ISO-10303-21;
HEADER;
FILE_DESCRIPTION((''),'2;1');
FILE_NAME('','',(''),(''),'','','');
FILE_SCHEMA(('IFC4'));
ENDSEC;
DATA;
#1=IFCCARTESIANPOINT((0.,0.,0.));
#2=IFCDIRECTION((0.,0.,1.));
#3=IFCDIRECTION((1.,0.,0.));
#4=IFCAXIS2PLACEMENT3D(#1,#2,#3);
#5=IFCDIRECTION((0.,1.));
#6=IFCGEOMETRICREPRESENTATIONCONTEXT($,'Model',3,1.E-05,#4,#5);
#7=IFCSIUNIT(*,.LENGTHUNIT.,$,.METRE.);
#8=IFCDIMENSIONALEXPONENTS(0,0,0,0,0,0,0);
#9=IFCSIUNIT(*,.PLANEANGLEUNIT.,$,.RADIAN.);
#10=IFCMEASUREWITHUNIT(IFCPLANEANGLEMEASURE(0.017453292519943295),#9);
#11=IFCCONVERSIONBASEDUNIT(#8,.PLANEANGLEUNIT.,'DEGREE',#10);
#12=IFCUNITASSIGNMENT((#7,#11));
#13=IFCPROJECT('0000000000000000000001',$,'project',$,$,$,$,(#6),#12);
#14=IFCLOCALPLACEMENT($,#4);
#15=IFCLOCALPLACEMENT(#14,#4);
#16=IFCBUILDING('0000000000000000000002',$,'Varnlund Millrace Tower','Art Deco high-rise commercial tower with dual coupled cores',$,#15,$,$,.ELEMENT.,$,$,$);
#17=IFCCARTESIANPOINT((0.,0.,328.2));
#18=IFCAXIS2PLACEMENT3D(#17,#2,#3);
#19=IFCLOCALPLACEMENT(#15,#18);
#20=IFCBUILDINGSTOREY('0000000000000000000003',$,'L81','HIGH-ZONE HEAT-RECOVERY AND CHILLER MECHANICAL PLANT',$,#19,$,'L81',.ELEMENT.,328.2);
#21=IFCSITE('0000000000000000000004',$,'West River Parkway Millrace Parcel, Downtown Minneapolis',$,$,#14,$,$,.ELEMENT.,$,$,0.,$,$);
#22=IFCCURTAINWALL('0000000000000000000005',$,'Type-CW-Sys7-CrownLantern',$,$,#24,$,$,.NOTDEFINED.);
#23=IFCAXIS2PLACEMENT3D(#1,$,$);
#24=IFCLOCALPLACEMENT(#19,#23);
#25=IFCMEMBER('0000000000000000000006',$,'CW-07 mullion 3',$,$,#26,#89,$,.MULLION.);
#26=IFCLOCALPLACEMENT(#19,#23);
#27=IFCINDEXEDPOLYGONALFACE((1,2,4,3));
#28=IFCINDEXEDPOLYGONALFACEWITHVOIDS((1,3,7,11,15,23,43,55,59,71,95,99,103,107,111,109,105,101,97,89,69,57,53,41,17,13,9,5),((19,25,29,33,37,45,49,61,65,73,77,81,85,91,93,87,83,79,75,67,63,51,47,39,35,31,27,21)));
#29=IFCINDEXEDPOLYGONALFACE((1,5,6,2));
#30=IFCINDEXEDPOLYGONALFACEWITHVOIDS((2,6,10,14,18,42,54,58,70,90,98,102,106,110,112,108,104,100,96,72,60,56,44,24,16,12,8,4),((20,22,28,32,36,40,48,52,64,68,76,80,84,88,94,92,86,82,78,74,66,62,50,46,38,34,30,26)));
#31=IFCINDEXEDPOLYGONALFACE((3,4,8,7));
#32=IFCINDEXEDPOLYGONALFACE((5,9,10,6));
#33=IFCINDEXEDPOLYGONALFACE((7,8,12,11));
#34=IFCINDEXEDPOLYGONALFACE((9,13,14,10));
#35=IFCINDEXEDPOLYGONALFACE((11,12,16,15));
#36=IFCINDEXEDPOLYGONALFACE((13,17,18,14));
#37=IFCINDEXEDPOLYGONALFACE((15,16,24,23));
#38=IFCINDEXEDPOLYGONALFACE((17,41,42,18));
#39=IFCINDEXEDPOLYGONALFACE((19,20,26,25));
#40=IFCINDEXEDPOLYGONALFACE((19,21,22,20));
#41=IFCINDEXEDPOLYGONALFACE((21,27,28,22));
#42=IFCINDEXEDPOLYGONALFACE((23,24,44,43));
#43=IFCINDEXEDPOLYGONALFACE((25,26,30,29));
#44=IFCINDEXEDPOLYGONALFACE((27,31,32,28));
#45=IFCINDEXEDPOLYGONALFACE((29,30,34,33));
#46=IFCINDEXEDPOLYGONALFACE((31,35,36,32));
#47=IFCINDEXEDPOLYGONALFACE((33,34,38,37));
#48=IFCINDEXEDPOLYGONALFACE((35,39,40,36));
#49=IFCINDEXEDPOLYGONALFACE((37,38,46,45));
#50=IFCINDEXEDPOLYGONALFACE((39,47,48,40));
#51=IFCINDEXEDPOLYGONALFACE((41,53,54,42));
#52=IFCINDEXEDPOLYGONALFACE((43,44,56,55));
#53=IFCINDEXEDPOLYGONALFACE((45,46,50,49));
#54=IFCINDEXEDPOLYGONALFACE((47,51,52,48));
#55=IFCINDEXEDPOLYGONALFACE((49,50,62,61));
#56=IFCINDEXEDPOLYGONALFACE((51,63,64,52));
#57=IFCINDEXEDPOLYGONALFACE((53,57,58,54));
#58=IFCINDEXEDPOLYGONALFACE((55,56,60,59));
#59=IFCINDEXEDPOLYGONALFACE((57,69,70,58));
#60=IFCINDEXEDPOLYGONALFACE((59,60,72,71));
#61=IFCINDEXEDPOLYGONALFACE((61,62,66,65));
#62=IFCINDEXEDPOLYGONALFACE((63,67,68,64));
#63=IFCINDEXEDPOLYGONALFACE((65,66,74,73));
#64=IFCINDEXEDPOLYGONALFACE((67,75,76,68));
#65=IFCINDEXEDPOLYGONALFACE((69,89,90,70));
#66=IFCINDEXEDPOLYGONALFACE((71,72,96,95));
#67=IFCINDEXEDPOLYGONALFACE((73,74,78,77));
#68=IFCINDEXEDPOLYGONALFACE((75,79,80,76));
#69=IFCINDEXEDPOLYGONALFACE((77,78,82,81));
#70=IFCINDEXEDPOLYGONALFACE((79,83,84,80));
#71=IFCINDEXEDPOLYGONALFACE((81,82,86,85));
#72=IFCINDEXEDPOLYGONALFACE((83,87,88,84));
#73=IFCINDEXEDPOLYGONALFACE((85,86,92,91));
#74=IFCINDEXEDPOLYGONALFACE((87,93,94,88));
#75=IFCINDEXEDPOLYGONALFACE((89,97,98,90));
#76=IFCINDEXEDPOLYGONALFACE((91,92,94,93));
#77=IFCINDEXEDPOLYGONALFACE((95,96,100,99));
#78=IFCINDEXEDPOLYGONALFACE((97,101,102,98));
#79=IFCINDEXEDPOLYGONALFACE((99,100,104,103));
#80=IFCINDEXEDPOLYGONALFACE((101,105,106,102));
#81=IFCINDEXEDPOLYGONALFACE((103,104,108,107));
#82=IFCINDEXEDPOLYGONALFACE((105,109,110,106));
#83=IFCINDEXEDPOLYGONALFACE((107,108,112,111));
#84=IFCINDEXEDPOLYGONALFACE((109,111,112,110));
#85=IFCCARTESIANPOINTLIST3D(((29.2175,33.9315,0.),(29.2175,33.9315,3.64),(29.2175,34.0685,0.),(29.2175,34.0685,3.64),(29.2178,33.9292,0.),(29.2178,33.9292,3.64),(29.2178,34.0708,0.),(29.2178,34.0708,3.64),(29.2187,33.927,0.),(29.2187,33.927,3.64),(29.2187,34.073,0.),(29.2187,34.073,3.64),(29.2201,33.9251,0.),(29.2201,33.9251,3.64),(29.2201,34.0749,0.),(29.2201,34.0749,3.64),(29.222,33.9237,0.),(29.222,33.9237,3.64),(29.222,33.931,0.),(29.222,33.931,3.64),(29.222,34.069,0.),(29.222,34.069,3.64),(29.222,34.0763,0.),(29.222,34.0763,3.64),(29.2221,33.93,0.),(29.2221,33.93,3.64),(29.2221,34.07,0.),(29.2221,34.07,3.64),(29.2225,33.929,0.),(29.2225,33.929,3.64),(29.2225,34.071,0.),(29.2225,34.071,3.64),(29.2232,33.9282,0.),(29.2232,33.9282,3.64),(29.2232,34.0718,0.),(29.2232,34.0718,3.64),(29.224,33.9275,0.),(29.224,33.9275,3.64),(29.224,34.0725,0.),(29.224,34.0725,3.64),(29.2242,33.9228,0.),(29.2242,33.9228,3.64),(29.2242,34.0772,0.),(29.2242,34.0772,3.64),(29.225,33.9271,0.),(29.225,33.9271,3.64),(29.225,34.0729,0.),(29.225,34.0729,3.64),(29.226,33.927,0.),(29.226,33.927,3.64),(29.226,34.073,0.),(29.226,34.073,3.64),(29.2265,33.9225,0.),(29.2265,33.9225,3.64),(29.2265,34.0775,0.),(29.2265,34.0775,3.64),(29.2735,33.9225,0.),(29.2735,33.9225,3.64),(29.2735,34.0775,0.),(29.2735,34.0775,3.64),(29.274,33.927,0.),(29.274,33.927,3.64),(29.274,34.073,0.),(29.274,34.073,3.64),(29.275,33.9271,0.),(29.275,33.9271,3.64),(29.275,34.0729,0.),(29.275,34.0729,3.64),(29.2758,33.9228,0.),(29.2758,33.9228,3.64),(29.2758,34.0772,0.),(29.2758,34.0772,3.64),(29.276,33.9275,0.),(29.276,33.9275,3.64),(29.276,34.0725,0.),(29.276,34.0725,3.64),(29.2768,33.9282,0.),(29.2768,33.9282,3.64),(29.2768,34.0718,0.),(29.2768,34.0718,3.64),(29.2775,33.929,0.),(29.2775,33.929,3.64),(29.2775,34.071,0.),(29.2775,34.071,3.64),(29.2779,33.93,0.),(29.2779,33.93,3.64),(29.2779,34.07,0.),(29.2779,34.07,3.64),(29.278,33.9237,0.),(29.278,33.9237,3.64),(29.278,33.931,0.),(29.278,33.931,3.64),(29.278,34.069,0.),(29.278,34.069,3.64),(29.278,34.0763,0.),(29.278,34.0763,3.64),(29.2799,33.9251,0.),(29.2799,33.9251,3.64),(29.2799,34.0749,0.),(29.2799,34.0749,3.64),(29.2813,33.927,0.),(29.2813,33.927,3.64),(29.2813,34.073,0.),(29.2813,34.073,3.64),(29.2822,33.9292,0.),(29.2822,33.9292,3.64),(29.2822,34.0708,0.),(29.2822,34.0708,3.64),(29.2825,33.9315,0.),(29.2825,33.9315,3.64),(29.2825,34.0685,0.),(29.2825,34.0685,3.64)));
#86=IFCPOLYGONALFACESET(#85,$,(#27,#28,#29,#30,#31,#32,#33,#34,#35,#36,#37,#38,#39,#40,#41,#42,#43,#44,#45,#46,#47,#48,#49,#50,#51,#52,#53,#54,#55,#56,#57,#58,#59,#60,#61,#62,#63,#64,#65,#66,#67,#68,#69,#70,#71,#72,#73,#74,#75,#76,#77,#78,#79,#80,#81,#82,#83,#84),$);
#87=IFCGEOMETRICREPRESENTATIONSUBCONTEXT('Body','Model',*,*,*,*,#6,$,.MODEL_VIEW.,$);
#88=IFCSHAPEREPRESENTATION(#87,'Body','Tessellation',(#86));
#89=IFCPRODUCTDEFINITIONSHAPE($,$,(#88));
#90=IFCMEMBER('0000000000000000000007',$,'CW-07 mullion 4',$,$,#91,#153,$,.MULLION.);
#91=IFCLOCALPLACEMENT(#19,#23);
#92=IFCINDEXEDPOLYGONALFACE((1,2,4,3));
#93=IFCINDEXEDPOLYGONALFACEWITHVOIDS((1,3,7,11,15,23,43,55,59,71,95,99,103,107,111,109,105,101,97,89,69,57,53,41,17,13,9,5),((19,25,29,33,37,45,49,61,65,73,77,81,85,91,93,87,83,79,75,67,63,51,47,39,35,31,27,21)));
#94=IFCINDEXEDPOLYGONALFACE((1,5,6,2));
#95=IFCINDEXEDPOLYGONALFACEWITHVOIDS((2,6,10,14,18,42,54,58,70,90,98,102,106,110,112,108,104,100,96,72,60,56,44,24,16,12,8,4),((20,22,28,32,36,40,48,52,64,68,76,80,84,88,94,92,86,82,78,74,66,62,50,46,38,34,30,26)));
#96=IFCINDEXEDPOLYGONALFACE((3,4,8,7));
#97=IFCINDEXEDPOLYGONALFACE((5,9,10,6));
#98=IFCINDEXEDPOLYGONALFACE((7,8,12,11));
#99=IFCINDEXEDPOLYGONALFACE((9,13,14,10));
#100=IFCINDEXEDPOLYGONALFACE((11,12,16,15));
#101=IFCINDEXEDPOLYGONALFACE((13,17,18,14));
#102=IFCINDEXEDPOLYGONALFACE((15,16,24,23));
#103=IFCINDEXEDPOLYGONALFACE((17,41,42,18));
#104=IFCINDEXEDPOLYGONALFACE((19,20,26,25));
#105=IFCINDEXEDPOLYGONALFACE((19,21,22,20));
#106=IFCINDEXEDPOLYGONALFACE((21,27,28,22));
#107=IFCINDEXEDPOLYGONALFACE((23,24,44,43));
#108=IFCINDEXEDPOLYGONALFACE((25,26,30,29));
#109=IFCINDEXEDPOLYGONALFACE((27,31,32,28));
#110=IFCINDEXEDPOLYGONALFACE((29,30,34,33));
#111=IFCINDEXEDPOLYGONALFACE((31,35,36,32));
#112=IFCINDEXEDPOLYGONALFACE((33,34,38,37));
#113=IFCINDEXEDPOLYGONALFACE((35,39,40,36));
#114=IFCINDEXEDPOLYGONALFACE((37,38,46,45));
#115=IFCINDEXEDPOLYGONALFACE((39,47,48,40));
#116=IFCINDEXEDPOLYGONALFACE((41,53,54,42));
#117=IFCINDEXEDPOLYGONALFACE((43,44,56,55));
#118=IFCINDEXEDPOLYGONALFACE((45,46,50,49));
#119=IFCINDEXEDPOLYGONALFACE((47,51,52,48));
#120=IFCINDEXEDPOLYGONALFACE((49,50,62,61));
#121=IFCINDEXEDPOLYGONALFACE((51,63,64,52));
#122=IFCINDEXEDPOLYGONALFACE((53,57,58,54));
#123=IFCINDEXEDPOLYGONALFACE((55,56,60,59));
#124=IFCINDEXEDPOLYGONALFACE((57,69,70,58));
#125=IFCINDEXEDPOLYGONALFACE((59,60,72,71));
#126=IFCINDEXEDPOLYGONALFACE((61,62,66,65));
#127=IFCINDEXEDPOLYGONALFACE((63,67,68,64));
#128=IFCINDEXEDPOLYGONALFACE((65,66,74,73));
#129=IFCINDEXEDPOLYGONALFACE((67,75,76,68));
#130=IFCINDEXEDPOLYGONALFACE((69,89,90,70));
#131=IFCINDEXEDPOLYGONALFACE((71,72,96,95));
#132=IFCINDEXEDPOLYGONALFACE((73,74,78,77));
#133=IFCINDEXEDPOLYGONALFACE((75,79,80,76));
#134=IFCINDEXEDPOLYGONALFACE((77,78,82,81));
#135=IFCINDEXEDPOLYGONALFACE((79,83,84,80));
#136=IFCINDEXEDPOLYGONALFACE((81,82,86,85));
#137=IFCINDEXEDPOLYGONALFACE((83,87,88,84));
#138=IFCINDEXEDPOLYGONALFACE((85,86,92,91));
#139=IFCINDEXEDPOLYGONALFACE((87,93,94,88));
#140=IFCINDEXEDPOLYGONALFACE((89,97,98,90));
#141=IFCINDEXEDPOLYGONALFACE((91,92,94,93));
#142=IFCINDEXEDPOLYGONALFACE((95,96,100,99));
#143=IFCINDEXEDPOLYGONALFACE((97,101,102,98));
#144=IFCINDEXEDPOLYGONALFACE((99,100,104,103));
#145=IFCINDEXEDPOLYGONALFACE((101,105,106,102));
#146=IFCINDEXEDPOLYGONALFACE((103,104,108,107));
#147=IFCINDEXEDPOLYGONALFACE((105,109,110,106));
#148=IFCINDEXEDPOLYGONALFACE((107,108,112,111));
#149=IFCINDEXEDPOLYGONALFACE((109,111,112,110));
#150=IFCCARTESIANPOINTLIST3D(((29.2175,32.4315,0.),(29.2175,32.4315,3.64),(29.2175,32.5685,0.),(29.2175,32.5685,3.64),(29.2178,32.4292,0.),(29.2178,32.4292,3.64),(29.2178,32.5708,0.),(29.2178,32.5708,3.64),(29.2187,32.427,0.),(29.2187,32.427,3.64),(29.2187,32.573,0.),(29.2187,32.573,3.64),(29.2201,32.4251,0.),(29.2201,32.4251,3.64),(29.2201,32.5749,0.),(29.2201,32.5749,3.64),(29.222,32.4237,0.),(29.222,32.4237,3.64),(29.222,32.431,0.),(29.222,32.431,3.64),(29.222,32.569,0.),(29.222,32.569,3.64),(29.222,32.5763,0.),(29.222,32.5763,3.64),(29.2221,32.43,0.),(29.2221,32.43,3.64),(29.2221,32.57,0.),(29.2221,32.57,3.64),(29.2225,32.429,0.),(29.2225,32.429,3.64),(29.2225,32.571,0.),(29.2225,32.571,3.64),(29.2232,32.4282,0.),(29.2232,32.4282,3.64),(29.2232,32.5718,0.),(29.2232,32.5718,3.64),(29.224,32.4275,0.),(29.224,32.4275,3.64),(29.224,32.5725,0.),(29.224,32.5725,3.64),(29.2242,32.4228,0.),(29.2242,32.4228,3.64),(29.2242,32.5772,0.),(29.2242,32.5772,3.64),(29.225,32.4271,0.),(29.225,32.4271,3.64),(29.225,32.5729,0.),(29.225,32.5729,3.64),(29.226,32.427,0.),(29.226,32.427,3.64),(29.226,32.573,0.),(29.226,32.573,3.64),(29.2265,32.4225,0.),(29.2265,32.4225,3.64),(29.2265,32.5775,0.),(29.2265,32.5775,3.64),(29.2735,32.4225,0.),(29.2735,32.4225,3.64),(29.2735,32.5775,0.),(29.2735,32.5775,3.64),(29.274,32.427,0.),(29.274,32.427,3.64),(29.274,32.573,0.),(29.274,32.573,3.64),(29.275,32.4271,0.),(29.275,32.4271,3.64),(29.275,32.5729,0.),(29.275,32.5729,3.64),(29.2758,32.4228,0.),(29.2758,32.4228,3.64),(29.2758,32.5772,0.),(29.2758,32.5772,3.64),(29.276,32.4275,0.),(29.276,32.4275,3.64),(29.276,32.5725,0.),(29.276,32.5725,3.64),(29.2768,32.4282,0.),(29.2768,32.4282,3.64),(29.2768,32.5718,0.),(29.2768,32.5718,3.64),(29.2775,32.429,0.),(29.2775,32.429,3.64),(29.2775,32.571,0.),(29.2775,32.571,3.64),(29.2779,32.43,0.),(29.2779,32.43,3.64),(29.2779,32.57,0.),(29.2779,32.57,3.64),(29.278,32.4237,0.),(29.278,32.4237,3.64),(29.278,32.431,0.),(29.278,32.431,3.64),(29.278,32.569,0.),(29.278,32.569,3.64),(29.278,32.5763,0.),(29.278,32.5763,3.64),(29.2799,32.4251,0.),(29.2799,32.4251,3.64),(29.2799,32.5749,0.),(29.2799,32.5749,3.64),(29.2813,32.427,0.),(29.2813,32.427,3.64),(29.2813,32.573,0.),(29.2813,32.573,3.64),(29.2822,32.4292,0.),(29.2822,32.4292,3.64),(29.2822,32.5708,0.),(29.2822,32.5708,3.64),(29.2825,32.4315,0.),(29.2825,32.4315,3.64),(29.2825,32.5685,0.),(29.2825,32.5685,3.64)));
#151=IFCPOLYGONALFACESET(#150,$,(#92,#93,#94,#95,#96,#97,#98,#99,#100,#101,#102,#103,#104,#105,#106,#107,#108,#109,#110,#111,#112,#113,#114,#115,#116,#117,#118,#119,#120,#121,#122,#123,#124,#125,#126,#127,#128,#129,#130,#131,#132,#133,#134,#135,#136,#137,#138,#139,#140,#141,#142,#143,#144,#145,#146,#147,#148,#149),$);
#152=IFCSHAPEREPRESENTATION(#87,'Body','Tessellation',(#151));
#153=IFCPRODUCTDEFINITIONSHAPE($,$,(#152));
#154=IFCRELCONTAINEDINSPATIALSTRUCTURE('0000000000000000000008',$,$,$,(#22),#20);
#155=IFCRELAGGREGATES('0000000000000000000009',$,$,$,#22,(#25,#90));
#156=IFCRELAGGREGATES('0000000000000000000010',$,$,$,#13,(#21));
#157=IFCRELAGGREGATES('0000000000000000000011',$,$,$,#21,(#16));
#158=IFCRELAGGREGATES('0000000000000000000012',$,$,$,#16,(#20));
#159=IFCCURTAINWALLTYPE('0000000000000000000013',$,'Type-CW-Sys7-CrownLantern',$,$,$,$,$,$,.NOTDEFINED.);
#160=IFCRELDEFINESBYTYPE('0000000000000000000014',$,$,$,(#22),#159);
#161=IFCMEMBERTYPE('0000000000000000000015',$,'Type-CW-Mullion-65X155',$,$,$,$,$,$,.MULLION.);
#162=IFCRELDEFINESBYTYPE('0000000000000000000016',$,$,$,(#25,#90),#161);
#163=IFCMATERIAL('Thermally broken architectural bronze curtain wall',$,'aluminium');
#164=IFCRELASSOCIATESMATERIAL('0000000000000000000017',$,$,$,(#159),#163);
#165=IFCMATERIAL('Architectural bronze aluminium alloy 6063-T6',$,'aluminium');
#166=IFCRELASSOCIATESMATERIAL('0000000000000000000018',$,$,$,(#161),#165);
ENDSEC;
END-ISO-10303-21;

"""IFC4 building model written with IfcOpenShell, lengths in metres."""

from ifc_helpers import new_model, entity, si_unit, converted_unit, direction, frame, origin_with_axes, origin_2d_with_axis, place, context, subcontext, project, spatial, hollow_rectangle, extrude, material, material_profile, profile_set, type_object, element, aggregate, save


model = new_model("IFC4")

# Units and contexts
model_context = context("Model", 3, precision=1e-05, world=origin_with_axes(), true_north=direction((0.0, 1.0)))
body_context = subcontext(model_context, "Body", "Model", "MODEL_VIEW")
ifc_project = project(units=[si_unit("LENGTHUNIT", "METRE"), converted_unit("PLANEANGLEUNIT", "DEGREE", entity("IfcPlaneAngleMeasure", 0.017453292519943295), si_unit("PLANEANGLEUNIT", "RADIAN"), dimensions=[0, 0, 0, 0, 0, 0, 0])], contexts=[model_context])

# Site, building, storey
site_placement = place(None, origin_with_axes())
site = spatial("IfcSite", under=ifc_project, at=site_placement, Name="West River Parkway Millrace Parcel, Downtown Minneapolis", CompositionType="ELEMENT", RefElevation=0.0)
building_placement = place(site_placement, origin_with_axes())
building = spatial("IfcBuilding", under=site, at=building_placement, Name="Varnlund Millrace Tower", Description="Art Deco high-rise commercial tower with dual coupled cores", CompositionType="ELEMENT")
storey_placement = place(building_placement, frame((0.0, 0.0, 328.2), z_axis=(0.0, 0.0, 1.0), x_axis=(1.0, 0.0, 0.0)))
storey = spatial("IfcBuildingStorey", under=building, at=storey_placement, Name="L81", Description="HIGH-ZONE HEAT-RECOVERY AND CHILLER MECHANICAL PLANT", LongName="L81", CompositionType="ELEMENT", Elevation=328.2)

# Curtain wall, members
ifc_material_1 = material(Name="Thermally broken architectural bronze curtain wall", Category="aluminium")
curtain_wall_type = type_object("IfcCurtainWallType", Name="Type-CW-Sys7-CrownLantern", PredefinedType="NOTDEFINED", material=ifc_material_1)
curtain_wall_1_placement = place(storey_placement, frame((29.25, 37.0, 0.0), z_axis=(0.0, 0.0, 1.0), x_axis=(1.0, 0.0, 0.0)))
curtain_wall_1 = element("IfcCurtainWall", 1, at=curtain_wall_1_placement, inside=storey, type_object=curtain_wall_type, Name="Type-CW-Sys7-CrownLantern", PredefinedType="NOTDEFINED")
ifc_material_2 = material(Name="Architectural bronze aluminium alloy 6063-T6", Category="aluminium")
ifc_material_profile_1 = material_profile(ifc_material_2, hollow_rectangle(XDim=0.065, YDim=0.155, WallThickness=0.0045, InnerFilletRadius=0.004, OuterFilletRadius=0.009, at=origin_2d_with_axis()), Name="Architectural bronze aluminium alloy 6063-T6")
ifc_profile_set_1 = profile_set([ifc_material_profile_1], Name="Architectural bronze aluminium alloy 6063-T6")
member_type = type_object("IfcMemberType", Name="Type-CW-Mullion-65X155", PredefinedType="MULLION", material=ifc_profile_set_1)
member_1_placement = place(storey_placement, frame((29.25, 34.0, 0.0), z_axis=(0.0, 0.0, 1.0), x_axis=(1.0, 0.0, 0.0)))
member_1 = element("IfcMember", 2, at=member_1_placement, type_object=member_type, Name="CW-07 mullion 3", PredefinedType="MULLION", context=body_context, shape_type="SweptSolid", body=[
    extrude(hollow_rectangle(XDim=0.065, YDim=0.155, WallThickness=0.0045, InnerFilletRadius=0.004, OuterFilletRadius=0.009, at=origin_2d_with_axis()), origin_with_axes(), (0.0, 0.0, 1.0), 3.64),
])
member_2_placement = place(storey_placement, frame((29.25, 32.5, 0.0), z_axis=(0.0, 0.0, 1.0), x_axis=(1.0, 0.0, 0.0)))
member_2 = element("IfcMember", 3, at=member_2_placement, type_object=member_type, Name="CW-07 mullion 4", PredefinedType="MULLION", context=body_context, shape_type="SweptSolid", body=[
    extrude(hollow_rectangle(XDim=0.065, YDim=0.155, WallThickness=0.0045, InnerFilletRadius=0.004, OuterFilletRadius=0.009, at=origin_2d_with_axis()), origin_with_axes(), (0.0, 0.0, 1.0), 3.64),
])
aggregate(curtain_wall_1, [member_1, member_2])

save(model, "model.ifc")
